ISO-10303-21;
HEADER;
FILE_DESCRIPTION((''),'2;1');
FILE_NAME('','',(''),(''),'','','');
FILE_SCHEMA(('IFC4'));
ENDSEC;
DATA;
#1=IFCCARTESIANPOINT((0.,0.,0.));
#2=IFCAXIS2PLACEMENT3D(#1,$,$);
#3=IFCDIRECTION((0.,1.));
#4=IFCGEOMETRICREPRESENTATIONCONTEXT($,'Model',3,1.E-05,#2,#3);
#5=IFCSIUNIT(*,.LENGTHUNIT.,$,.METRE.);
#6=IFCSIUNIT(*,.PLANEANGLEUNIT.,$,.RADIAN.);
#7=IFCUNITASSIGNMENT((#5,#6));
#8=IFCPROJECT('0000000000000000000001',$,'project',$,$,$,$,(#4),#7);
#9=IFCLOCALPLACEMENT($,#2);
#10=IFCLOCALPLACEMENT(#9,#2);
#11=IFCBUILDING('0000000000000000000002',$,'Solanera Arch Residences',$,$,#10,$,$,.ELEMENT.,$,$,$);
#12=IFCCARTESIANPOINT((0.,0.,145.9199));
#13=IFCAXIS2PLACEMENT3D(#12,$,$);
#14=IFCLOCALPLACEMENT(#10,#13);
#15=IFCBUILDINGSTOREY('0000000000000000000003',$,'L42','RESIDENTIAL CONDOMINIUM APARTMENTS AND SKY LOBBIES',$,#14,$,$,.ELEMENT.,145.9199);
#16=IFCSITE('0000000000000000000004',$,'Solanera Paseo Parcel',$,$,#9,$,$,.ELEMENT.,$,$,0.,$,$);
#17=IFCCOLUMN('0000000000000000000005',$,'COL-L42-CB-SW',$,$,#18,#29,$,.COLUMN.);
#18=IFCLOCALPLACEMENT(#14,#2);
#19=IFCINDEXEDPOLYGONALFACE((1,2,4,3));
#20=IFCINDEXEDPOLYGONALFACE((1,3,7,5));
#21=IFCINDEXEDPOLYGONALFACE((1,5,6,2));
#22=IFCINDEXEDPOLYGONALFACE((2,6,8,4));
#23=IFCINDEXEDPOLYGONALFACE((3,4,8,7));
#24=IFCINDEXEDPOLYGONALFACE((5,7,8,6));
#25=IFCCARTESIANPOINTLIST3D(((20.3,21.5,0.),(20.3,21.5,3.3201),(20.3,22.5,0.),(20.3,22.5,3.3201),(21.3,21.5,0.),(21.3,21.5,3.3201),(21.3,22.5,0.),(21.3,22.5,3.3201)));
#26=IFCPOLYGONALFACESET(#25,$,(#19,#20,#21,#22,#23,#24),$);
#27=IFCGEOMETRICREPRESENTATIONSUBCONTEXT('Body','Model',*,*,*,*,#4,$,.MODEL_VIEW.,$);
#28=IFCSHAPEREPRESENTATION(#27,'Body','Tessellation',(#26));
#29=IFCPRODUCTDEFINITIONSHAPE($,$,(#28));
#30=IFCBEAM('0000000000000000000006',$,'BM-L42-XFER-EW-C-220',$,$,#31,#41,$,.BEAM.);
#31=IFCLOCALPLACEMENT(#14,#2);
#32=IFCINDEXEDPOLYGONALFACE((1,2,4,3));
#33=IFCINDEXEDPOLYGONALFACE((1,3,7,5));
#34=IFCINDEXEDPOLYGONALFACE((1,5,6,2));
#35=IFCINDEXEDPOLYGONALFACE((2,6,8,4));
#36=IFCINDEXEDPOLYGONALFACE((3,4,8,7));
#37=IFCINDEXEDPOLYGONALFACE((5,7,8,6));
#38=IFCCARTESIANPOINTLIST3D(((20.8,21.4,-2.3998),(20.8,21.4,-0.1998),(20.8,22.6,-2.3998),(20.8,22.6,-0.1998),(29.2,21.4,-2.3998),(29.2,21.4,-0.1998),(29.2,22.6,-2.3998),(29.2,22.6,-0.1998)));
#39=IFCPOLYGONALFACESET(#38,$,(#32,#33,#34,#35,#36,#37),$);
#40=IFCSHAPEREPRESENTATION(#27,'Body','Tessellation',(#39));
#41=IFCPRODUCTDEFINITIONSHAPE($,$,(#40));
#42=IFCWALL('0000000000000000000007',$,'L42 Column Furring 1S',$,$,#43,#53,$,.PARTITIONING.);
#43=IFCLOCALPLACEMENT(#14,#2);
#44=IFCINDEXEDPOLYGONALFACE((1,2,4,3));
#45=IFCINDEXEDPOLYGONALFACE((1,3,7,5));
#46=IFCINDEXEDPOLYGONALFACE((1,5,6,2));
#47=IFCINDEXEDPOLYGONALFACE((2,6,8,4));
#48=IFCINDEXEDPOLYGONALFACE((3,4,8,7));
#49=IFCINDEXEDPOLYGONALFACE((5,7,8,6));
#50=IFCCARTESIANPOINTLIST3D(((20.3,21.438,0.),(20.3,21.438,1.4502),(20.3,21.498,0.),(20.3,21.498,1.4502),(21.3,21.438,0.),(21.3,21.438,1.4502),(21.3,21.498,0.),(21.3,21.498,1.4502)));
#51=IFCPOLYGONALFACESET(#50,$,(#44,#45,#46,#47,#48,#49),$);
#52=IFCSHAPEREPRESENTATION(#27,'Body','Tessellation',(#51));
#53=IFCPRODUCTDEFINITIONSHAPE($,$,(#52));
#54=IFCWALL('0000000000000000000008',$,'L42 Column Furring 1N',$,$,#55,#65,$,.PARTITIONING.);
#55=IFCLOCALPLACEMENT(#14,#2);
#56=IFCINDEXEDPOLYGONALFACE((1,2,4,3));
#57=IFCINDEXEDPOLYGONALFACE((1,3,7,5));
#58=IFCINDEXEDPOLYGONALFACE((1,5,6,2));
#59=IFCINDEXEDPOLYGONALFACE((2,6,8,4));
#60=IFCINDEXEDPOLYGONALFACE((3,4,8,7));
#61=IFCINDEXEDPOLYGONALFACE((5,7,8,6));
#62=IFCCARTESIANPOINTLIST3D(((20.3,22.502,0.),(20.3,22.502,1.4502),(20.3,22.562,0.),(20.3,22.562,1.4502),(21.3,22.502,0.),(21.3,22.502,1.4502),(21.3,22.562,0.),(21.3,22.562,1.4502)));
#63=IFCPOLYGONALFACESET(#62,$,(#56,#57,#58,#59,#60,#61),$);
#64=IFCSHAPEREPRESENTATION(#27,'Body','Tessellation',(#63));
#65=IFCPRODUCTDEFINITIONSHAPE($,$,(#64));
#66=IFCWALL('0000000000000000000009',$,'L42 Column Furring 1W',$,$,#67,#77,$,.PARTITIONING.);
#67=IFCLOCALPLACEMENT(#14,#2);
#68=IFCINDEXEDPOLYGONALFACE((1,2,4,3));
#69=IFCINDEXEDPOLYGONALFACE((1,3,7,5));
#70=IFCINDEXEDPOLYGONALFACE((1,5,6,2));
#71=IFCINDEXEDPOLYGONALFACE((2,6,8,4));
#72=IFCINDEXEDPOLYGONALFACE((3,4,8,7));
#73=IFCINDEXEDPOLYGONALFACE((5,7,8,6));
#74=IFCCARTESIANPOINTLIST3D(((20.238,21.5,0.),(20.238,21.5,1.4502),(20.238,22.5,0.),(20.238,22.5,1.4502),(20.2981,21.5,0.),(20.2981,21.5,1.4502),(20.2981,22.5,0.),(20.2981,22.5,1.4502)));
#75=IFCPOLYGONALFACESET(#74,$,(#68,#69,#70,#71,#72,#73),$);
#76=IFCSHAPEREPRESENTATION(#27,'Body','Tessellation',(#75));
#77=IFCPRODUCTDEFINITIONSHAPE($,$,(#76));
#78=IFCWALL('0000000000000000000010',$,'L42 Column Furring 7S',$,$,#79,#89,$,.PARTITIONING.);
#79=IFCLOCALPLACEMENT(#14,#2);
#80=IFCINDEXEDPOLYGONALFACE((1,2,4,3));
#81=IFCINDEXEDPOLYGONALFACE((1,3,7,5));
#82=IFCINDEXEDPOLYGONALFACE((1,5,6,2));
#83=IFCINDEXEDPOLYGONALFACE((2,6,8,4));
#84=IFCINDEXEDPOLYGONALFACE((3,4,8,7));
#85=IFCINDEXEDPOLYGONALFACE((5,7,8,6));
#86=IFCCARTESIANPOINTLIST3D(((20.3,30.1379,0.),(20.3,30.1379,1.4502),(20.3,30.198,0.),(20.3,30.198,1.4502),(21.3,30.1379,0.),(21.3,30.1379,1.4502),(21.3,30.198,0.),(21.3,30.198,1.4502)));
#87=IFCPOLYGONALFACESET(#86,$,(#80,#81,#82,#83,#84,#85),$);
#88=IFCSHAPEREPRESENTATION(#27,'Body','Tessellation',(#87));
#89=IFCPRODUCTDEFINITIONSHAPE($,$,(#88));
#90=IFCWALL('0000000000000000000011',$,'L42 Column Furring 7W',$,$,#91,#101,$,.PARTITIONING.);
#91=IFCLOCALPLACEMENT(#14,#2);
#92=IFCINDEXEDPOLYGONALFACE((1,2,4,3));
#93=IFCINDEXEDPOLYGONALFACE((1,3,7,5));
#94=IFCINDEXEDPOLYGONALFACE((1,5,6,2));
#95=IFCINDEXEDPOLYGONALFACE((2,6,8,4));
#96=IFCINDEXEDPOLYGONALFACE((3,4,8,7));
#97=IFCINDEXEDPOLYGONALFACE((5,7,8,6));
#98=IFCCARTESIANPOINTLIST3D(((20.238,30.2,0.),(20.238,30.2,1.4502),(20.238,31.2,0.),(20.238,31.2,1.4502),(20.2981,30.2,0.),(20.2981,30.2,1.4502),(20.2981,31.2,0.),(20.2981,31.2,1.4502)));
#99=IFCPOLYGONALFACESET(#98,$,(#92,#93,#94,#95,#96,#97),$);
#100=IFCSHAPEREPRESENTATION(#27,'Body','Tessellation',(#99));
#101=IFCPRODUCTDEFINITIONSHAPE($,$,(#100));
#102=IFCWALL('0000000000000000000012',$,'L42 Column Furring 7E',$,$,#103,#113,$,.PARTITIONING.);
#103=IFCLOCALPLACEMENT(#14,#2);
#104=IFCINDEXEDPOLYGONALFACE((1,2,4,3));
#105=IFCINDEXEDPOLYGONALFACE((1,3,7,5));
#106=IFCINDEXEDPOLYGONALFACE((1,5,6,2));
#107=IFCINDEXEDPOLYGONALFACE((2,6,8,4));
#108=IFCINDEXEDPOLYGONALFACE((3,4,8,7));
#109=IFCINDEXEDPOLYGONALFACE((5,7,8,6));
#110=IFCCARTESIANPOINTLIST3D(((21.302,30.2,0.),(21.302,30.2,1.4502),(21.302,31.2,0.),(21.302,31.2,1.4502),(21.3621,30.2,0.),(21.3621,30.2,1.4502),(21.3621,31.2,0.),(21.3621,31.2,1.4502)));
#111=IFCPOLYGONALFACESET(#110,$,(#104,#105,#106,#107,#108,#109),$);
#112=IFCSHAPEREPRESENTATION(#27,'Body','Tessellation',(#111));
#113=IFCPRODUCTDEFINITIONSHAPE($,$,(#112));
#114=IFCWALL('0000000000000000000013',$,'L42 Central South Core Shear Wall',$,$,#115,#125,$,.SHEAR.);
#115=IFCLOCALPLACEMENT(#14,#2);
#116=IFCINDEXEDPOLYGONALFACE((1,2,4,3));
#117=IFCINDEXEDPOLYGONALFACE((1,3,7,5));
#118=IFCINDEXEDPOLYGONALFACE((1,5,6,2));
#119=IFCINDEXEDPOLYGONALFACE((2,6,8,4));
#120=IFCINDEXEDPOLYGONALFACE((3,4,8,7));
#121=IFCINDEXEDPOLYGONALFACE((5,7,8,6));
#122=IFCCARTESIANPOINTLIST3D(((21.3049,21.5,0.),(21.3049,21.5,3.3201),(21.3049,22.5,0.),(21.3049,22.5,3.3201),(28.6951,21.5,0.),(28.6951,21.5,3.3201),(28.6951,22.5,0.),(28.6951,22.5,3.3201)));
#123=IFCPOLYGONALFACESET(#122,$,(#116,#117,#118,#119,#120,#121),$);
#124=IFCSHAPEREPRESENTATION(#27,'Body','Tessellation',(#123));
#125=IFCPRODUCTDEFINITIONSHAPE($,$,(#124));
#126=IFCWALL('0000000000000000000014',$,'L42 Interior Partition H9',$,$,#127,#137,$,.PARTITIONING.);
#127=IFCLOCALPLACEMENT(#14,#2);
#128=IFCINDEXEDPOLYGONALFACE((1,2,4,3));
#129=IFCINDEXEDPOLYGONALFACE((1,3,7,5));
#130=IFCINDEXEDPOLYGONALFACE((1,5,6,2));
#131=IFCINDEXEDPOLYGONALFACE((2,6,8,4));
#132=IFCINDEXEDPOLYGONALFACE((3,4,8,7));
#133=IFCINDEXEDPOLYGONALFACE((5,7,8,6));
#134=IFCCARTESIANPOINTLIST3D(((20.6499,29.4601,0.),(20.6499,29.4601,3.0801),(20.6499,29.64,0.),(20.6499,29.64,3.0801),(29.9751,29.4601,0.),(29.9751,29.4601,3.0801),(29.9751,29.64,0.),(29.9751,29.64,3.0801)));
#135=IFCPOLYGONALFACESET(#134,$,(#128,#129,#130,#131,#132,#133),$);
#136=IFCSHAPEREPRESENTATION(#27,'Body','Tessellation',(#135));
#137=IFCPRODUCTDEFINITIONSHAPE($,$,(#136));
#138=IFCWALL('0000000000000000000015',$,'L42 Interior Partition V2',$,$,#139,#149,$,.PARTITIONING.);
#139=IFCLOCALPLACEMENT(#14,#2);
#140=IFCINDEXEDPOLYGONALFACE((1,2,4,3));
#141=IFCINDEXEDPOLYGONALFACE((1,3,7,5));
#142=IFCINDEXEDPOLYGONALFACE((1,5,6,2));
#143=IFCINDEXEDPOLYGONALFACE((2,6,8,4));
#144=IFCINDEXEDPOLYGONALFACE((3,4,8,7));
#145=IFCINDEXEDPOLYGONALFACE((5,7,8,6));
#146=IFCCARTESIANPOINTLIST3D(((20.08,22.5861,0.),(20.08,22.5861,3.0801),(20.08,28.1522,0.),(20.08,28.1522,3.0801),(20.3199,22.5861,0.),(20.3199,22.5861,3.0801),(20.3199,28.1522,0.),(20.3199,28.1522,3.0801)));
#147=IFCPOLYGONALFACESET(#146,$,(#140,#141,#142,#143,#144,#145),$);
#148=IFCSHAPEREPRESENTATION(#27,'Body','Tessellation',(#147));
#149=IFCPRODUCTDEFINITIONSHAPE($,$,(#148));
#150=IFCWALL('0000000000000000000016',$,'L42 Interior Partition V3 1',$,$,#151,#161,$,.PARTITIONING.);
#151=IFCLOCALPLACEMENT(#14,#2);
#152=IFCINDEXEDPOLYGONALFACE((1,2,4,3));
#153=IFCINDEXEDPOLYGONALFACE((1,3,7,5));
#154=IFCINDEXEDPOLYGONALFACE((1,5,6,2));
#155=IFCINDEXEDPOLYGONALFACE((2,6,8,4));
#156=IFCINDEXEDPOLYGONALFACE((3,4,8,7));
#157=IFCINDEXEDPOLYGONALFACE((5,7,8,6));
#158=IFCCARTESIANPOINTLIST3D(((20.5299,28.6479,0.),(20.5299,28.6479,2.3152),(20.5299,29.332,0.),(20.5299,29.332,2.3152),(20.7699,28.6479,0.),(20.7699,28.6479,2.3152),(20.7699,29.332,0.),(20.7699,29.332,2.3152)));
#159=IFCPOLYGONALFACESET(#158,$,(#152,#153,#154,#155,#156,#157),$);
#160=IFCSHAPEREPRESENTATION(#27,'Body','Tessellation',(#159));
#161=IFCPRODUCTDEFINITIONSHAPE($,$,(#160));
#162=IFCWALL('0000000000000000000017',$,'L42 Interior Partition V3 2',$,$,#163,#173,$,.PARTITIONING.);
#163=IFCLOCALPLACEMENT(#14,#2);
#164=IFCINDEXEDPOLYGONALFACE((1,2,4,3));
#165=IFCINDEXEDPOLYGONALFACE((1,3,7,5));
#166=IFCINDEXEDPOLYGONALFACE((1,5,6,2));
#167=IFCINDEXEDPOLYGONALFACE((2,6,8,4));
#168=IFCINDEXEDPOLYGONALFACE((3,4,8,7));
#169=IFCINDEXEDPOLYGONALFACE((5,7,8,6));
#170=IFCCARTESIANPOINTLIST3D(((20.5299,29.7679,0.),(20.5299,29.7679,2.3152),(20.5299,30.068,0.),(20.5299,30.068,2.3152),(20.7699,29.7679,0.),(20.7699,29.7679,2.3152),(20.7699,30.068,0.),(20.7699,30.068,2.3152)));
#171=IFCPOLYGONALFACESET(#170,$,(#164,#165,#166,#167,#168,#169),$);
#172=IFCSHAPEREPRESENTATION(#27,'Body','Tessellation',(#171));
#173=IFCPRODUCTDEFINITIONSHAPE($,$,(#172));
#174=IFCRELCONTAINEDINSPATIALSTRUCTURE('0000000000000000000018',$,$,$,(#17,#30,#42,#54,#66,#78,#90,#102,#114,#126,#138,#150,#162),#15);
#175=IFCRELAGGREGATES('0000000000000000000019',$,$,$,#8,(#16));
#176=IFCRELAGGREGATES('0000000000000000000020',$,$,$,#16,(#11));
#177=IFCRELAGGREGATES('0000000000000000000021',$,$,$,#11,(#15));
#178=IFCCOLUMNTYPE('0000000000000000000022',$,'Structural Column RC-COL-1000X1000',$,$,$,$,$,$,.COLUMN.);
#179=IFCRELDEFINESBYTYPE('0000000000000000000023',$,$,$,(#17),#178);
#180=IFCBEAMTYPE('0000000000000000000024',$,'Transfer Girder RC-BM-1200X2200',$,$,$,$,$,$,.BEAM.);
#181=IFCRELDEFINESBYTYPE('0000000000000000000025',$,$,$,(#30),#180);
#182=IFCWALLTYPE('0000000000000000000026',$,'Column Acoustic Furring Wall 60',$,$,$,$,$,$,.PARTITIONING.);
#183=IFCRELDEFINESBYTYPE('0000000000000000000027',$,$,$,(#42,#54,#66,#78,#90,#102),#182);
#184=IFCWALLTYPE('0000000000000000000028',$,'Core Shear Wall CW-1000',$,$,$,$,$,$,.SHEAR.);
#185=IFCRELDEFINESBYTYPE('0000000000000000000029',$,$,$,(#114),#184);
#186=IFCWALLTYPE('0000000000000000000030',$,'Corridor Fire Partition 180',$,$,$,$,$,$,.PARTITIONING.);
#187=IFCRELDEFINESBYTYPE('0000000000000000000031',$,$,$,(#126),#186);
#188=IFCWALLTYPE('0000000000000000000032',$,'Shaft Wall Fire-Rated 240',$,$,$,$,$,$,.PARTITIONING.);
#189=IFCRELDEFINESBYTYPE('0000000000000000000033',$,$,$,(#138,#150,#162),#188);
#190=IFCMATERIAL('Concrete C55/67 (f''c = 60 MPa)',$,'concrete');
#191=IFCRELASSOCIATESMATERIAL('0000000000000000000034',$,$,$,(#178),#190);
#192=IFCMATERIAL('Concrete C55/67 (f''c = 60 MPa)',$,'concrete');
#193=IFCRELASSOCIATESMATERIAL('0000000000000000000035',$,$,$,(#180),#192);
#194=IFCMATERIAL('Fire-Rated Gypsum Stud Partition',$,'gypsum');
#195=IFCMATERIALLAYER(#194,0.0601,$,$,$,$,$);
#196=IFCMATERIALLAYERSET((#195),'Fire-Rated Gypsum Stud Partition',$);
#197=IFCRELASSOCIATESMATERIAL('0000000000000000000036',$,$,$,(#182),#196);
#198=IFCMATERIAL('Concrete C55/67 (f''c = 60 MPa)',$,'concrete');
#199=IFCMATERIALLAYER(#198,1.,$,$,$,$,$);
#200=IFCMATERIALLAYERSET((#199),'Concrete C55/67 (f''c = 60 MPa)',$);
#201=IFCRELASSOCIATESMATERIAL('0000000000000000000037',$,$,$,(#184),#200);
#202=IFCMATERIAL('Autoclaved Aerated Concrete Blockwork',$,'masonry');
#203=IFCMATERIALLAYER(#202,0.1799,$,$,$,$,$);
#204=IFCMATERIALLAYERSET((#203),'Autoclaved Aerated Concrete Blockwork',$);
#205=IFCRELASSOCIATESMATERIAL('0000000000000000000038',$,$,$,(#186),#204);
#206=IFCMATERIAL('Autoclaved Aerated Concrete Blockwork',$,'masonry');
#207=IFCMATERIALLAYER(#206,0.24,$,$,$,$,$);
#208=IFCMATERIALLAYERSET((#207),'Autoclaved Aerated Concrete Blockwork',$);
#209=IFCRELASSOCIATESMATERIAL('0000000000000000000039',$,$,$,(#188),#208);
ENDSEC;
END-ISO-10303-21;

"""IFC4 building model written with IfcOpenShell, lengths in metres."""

from ifc_helpers import new_model, si_unit, direction, frame, frame_2d, origin, origin_2d, place, context, subcontext, project, spatial, rectangle, extrude, material, layer, layer_set, material_profile, profile_set, type_object, element, save


model = new_model("IFC4")

# Units and contexts
model_context = context("Model", 3, precision=1e-05, world=origin(), true_north=direction((0.0, 1.0)))
body_context = subcontext(model_context, "Body", "Model", "MODEL_VIEW")
ifc_project = project(units=[si_unit("LENGTHUNIT", "METRE"), si_unit("PLANEANGLEUNIT", "RADIAN")], contexts=[model_context])

# Site, building, storey
site_placement = place(None, origin())
site = spatial("IfcSite", under=ifc_project, at=site_placement, Name="Solanera Paseo Parcel", CompositionType="ELEMENT", RefElevation=0.0)
building_placement = place(site_placement, origin())
building = spatial("IfcBuilding", under=site, at=building_placement, Name="Solanera Arch Residences", CompositionType="ELEMENT")
storey_placement = place(building_placement, frame((0.0, 0.0, 145.9199)))
storey = spatial("IfcBuildingStorey", under=building, at=storey_placement, Name="L42", Description="RESIDENTIAL CONDOMINIUM APARTMENTS AND SKY LOBBIES", CompositionType="ELEMENT", Elevation=145.9199)

# Column
ifc_material_1 = material(Name="Concrete C55/67 (f'c = 60 MPa)", Category="concrete")
ifc_material_profile_1 = material_profile(ifc_material_1, rectangle(XDim=1.0, YDim=1.0, at=origin_2d()))
ifc_profile_set_1 = profile_set([ifc_material_profile_1], Name="Concrete C55/67 (f'c = 60 MPa)")
column_type = type_object("IfcColumnType", Name="Structural Column RC-COL-1000X1000", PredefinedType="COLUMN", material=ifc_profile_set_1)
column_placement = place(storey_placement, frame((20.8, 22.0, 0.0), z_axis=(0.0, 0.0, 1.0), x_axis=(1.0, 0.0, 0.0)))
element("IfcColumn", 1, at=column_placement, inside=storey, type_object=column_type, Name="COL-L42-CB-SW", PredefinedType="COLUMN", context=body_context, shape_type="SweptSolid", body=[
    extrude(rectangle(XDim=1.0, YDim=1.0, at=origin_2d()), origin(), (0.0, 0.0, 1.0), 3.3201),
])

# Beam
ifc_material_2 = material(Name="Concrete C55/67 (f'c = 60 MPa)", Category="concrete")
ifc_material_profile_2 = material_profile(ifc_material_2, rectangle(XDim=1.2, YDim=2.2, at=origin_2d()))
ifc_profile_set_2 = profile_set([ifc_material_profile_2], Name="Concrete C55/67 (f'c = 60 MPa)")
beam_type = type_object("IfcBeamType", Name="Transfer Girder RC-BM-1200X2200", PredefinedType="BEAM", material=ifc_profile_set_2)
beam_placement = place(storey_placement, frame((20.8, 22.0, -1.2998), z_axis=(1.0, 0.0, 0.0), x_axis=(0.0, 1.0, 0.0)))
element("IfcBeam", 2, at=beam_placement, inside=storey, type_object=beam_type, Name="BM-L42-XFER-EW-C-220", PredefinedType="BEAM", context=body_context, shape_type="SweptSolid", body=[
    extrude(rectangle(XDim=1.2, YDim=2.2, at=origin_2d()), origin(), (0.0, 0.0, 1.0), 8.3999),
])

# Walls
ifc_material_3 = material(Name="Fire-Rated Gypsum Stud Partition", Category="gypsum")
ifc_layer_1 = layer(ifc_material_3, 0.0601)
ifc_layer_set_1 = layer_set([ifc_layer_1], Name="Fire-Rated Gypsum Stud Partition")
wall_type_1 = type_object("IfcWallType", Name="Column Acoustic Furring Wall 60", PredefinedType="PARTITIONING", material=ifc_layer_set_1)
for number, where, z_axis, x_axis, name in (
    (3, (20.3, 21.468, 0.0), (0.0, 0.0, 1.0), (1.0, 0.0, 0.0), "L42 Column Furring 1S"),
    (4, (20.3, 22.532, 0.0), (0.0, 0.0, 1.0), (1.0, 0.0, 0.0), "L42 Column Furring 1N"),
    (5, (20.2681, 21.5, 0.0), (0.0, 0.0, 1.0), (0.0, 1.0, 0.0), "L42 Column Furring 1W"),
    (6, (20.3, 30.168, 0.0), (0.0, 0.0, 1.0), (1.0, 0.0, 0.0), "L42 Column Furring 7S"),
    (7, (20.2681, 30.2, 0.0), (0.0, 0.0, 1.0), (0.0, 1.0, 0.0), "L42 Column Furring 7W"),
    (8, (21.332, 30.2, 0.0), (0.0, 0.0, 1.0), (0.0, 1.0, 0.0), "L42 Column Furring 7E"),
):
    element("IfcWall", number, at=place(storey_placement, frame(where, z_axis=z_axis, x_axis=x_axis)), inside=storey, type_object=wall_type_1, Name=name, PredefinedType="PARTITIONING", context=body_context, shape_type="SweptSolid", body=[
        extrude(rectangle(XDim=1.0, YDim=0.0601, at=frame_2d((0.5, 0.0))), origin(), (0.0, 0.0, 1.0), 1.4502),
    ])
ifc_material_4 = material(Name="Concrete C55/67 (f'c = 60 MPa)", Category="concrete")
ifc_layer_2 = layer(ifc_material_4, 1.0)
ifc_layer_set_2 = layer_set([ifc_layer_2], Name="Concrete C55/67 (f'c = 60 MPa)")
wall_type_2 = type_object("IfcWallType", Name="Core Shear Wall CW-1000", PredefinedType="SHEAR", material=ifc_layer_set_2)
wall_1_placement = place(storey_placement, frame((21.3049, 22.0, 0.0), z_axis=(0.0, 0.0, 1.0), x_axis=(1.0, 0.0, 0.0)))
element("IfcWall", 9, at=wall_1_placement, inside=storey, type_object=wall_type_2, Name="L42 Central South Core Shear Wall", PredefinedType="SHEAR", context=body_context, shape_type="SweptSolid", body=[
    extrude(rectangle(XDim=7.3901, YDim=1.0, at=frame_2d((3.6951, 0.0))), origin(), (0.0, 0.0, 1.0), 3.3201),
])

# Wall
ifc_material_5 = material(Name="Autoclaved Aerated Concrete Blockwork", Category="masonry")
ifc_layer_3 = layer(ifc_material_5, 0.1799)
ifc_layer_set_3 = layer_set([ifc_layer_3], Name="Autoclaved Aerated Concrete Blockwork")
wall_type_3 = type_object("IfcWallType", Name="Corridor Fire Partition 180", PredefinedType="PARTITIONING", material=ifc_layer_set_3)
wall_2_placement = place(storey_placement, frame((20.6499, 29.55, 0.0), z_axis=(0.0, 0.0, 1.0), x_axis=(1.0, 0.0, 0.0)))
element("IfcWall", 10, at=wall_2_placement, inside=storey, type_object=wall_type_3, Name="L42 Interior Partition H9", PredefinedType="PARTITIONING", context=body_context, shape_type="SweptSolid", body=[
    extrude(rectangle(XDim=9.3252, YDim=0.1799, at=frame_2d((4.6626, 0.0))), origin(), (0.0, 0.0, 1.0), 3.0801),
])

# Shared definitions
ifc_material_6 = material(Name="Autoclaved Aerated Concrete Blockwork", Category="masonry")
ifc_layer_4 = layer(ifc_material_6, 0.24)
ifc_layer_set_4 = layer_set([ifc_layer_4], Name="Autoclaved Aerated Concrete Blockwork")
wall_type_4 = type_object("IfcWallType", Name="Shaft Wall Fire-Rated 240", PredefinedType="PARTITIONING", material=ifc_layer_set_4)

# Walls
wall_3_placement = place(storey_placement, frame((20.2, 22.5859, 0.0), z_axis=(0.0, 0.0, 1.0), x_axis=(0.0, 1.0, 0.0)))
element("IfcWall", 11, at=wall_3_placement, inside=storey, type_object=wall_type_4, Name="L42 Interior Partition V2", PredefinedType="PARTITIONING", context=body_context, shape_type="SweptSolid", body=[
    extrude(rectangle(XDim=5.5662, YDim=0.24, at=frame_2d((2.7832, 0.0))), origin(), (0.0, 0.0, 1.0), 3.0801),
])
wall_4_placement = place(storey_placement, frame((20.6499, 28.6479, 0.0), z_axis=(0.0, 0.0, 1.0), x_axis=(0.0, 1.0, 0.0)))
element("IfcWall", 12, at=wall_4_placement, inside=storey, type_object=wall_type_4, Name="L42 Interior Partition V3 1", PredefinedType="PARTITIONING", context=body_context, shape_type="SweptSolid", body=[
    extrude(rectangle(XDim=0.6841, YDim=0.24, at=frame_2d((0.342, 0.0))), origin(), (0.0, 0.0, 1.0), 2.3152),
])
wall_5_placement = place(storey_placement, frame((20.6499, 29.7681, 0.0), z_axis=(0.0, 0.0, 1.0), x_axis=(0.0, 1.0, 0.0)))
element("IfcWall", 13, at=wall_5_placement, inside=storey, type_object=wall_type_4, Name="L42 Interior Partition V3 2", PredefinedType="PARTITIONING", context=body_context, shape_type="SweptSolid", body=[
    extrude(rectangle(XDim=0.3, YDim=0.24, at=frame_2d((0.1499, 0.0))), origin(), (0.0, 0.0, 1.0), 2.3152),
])

save(model, "model.ifc")
